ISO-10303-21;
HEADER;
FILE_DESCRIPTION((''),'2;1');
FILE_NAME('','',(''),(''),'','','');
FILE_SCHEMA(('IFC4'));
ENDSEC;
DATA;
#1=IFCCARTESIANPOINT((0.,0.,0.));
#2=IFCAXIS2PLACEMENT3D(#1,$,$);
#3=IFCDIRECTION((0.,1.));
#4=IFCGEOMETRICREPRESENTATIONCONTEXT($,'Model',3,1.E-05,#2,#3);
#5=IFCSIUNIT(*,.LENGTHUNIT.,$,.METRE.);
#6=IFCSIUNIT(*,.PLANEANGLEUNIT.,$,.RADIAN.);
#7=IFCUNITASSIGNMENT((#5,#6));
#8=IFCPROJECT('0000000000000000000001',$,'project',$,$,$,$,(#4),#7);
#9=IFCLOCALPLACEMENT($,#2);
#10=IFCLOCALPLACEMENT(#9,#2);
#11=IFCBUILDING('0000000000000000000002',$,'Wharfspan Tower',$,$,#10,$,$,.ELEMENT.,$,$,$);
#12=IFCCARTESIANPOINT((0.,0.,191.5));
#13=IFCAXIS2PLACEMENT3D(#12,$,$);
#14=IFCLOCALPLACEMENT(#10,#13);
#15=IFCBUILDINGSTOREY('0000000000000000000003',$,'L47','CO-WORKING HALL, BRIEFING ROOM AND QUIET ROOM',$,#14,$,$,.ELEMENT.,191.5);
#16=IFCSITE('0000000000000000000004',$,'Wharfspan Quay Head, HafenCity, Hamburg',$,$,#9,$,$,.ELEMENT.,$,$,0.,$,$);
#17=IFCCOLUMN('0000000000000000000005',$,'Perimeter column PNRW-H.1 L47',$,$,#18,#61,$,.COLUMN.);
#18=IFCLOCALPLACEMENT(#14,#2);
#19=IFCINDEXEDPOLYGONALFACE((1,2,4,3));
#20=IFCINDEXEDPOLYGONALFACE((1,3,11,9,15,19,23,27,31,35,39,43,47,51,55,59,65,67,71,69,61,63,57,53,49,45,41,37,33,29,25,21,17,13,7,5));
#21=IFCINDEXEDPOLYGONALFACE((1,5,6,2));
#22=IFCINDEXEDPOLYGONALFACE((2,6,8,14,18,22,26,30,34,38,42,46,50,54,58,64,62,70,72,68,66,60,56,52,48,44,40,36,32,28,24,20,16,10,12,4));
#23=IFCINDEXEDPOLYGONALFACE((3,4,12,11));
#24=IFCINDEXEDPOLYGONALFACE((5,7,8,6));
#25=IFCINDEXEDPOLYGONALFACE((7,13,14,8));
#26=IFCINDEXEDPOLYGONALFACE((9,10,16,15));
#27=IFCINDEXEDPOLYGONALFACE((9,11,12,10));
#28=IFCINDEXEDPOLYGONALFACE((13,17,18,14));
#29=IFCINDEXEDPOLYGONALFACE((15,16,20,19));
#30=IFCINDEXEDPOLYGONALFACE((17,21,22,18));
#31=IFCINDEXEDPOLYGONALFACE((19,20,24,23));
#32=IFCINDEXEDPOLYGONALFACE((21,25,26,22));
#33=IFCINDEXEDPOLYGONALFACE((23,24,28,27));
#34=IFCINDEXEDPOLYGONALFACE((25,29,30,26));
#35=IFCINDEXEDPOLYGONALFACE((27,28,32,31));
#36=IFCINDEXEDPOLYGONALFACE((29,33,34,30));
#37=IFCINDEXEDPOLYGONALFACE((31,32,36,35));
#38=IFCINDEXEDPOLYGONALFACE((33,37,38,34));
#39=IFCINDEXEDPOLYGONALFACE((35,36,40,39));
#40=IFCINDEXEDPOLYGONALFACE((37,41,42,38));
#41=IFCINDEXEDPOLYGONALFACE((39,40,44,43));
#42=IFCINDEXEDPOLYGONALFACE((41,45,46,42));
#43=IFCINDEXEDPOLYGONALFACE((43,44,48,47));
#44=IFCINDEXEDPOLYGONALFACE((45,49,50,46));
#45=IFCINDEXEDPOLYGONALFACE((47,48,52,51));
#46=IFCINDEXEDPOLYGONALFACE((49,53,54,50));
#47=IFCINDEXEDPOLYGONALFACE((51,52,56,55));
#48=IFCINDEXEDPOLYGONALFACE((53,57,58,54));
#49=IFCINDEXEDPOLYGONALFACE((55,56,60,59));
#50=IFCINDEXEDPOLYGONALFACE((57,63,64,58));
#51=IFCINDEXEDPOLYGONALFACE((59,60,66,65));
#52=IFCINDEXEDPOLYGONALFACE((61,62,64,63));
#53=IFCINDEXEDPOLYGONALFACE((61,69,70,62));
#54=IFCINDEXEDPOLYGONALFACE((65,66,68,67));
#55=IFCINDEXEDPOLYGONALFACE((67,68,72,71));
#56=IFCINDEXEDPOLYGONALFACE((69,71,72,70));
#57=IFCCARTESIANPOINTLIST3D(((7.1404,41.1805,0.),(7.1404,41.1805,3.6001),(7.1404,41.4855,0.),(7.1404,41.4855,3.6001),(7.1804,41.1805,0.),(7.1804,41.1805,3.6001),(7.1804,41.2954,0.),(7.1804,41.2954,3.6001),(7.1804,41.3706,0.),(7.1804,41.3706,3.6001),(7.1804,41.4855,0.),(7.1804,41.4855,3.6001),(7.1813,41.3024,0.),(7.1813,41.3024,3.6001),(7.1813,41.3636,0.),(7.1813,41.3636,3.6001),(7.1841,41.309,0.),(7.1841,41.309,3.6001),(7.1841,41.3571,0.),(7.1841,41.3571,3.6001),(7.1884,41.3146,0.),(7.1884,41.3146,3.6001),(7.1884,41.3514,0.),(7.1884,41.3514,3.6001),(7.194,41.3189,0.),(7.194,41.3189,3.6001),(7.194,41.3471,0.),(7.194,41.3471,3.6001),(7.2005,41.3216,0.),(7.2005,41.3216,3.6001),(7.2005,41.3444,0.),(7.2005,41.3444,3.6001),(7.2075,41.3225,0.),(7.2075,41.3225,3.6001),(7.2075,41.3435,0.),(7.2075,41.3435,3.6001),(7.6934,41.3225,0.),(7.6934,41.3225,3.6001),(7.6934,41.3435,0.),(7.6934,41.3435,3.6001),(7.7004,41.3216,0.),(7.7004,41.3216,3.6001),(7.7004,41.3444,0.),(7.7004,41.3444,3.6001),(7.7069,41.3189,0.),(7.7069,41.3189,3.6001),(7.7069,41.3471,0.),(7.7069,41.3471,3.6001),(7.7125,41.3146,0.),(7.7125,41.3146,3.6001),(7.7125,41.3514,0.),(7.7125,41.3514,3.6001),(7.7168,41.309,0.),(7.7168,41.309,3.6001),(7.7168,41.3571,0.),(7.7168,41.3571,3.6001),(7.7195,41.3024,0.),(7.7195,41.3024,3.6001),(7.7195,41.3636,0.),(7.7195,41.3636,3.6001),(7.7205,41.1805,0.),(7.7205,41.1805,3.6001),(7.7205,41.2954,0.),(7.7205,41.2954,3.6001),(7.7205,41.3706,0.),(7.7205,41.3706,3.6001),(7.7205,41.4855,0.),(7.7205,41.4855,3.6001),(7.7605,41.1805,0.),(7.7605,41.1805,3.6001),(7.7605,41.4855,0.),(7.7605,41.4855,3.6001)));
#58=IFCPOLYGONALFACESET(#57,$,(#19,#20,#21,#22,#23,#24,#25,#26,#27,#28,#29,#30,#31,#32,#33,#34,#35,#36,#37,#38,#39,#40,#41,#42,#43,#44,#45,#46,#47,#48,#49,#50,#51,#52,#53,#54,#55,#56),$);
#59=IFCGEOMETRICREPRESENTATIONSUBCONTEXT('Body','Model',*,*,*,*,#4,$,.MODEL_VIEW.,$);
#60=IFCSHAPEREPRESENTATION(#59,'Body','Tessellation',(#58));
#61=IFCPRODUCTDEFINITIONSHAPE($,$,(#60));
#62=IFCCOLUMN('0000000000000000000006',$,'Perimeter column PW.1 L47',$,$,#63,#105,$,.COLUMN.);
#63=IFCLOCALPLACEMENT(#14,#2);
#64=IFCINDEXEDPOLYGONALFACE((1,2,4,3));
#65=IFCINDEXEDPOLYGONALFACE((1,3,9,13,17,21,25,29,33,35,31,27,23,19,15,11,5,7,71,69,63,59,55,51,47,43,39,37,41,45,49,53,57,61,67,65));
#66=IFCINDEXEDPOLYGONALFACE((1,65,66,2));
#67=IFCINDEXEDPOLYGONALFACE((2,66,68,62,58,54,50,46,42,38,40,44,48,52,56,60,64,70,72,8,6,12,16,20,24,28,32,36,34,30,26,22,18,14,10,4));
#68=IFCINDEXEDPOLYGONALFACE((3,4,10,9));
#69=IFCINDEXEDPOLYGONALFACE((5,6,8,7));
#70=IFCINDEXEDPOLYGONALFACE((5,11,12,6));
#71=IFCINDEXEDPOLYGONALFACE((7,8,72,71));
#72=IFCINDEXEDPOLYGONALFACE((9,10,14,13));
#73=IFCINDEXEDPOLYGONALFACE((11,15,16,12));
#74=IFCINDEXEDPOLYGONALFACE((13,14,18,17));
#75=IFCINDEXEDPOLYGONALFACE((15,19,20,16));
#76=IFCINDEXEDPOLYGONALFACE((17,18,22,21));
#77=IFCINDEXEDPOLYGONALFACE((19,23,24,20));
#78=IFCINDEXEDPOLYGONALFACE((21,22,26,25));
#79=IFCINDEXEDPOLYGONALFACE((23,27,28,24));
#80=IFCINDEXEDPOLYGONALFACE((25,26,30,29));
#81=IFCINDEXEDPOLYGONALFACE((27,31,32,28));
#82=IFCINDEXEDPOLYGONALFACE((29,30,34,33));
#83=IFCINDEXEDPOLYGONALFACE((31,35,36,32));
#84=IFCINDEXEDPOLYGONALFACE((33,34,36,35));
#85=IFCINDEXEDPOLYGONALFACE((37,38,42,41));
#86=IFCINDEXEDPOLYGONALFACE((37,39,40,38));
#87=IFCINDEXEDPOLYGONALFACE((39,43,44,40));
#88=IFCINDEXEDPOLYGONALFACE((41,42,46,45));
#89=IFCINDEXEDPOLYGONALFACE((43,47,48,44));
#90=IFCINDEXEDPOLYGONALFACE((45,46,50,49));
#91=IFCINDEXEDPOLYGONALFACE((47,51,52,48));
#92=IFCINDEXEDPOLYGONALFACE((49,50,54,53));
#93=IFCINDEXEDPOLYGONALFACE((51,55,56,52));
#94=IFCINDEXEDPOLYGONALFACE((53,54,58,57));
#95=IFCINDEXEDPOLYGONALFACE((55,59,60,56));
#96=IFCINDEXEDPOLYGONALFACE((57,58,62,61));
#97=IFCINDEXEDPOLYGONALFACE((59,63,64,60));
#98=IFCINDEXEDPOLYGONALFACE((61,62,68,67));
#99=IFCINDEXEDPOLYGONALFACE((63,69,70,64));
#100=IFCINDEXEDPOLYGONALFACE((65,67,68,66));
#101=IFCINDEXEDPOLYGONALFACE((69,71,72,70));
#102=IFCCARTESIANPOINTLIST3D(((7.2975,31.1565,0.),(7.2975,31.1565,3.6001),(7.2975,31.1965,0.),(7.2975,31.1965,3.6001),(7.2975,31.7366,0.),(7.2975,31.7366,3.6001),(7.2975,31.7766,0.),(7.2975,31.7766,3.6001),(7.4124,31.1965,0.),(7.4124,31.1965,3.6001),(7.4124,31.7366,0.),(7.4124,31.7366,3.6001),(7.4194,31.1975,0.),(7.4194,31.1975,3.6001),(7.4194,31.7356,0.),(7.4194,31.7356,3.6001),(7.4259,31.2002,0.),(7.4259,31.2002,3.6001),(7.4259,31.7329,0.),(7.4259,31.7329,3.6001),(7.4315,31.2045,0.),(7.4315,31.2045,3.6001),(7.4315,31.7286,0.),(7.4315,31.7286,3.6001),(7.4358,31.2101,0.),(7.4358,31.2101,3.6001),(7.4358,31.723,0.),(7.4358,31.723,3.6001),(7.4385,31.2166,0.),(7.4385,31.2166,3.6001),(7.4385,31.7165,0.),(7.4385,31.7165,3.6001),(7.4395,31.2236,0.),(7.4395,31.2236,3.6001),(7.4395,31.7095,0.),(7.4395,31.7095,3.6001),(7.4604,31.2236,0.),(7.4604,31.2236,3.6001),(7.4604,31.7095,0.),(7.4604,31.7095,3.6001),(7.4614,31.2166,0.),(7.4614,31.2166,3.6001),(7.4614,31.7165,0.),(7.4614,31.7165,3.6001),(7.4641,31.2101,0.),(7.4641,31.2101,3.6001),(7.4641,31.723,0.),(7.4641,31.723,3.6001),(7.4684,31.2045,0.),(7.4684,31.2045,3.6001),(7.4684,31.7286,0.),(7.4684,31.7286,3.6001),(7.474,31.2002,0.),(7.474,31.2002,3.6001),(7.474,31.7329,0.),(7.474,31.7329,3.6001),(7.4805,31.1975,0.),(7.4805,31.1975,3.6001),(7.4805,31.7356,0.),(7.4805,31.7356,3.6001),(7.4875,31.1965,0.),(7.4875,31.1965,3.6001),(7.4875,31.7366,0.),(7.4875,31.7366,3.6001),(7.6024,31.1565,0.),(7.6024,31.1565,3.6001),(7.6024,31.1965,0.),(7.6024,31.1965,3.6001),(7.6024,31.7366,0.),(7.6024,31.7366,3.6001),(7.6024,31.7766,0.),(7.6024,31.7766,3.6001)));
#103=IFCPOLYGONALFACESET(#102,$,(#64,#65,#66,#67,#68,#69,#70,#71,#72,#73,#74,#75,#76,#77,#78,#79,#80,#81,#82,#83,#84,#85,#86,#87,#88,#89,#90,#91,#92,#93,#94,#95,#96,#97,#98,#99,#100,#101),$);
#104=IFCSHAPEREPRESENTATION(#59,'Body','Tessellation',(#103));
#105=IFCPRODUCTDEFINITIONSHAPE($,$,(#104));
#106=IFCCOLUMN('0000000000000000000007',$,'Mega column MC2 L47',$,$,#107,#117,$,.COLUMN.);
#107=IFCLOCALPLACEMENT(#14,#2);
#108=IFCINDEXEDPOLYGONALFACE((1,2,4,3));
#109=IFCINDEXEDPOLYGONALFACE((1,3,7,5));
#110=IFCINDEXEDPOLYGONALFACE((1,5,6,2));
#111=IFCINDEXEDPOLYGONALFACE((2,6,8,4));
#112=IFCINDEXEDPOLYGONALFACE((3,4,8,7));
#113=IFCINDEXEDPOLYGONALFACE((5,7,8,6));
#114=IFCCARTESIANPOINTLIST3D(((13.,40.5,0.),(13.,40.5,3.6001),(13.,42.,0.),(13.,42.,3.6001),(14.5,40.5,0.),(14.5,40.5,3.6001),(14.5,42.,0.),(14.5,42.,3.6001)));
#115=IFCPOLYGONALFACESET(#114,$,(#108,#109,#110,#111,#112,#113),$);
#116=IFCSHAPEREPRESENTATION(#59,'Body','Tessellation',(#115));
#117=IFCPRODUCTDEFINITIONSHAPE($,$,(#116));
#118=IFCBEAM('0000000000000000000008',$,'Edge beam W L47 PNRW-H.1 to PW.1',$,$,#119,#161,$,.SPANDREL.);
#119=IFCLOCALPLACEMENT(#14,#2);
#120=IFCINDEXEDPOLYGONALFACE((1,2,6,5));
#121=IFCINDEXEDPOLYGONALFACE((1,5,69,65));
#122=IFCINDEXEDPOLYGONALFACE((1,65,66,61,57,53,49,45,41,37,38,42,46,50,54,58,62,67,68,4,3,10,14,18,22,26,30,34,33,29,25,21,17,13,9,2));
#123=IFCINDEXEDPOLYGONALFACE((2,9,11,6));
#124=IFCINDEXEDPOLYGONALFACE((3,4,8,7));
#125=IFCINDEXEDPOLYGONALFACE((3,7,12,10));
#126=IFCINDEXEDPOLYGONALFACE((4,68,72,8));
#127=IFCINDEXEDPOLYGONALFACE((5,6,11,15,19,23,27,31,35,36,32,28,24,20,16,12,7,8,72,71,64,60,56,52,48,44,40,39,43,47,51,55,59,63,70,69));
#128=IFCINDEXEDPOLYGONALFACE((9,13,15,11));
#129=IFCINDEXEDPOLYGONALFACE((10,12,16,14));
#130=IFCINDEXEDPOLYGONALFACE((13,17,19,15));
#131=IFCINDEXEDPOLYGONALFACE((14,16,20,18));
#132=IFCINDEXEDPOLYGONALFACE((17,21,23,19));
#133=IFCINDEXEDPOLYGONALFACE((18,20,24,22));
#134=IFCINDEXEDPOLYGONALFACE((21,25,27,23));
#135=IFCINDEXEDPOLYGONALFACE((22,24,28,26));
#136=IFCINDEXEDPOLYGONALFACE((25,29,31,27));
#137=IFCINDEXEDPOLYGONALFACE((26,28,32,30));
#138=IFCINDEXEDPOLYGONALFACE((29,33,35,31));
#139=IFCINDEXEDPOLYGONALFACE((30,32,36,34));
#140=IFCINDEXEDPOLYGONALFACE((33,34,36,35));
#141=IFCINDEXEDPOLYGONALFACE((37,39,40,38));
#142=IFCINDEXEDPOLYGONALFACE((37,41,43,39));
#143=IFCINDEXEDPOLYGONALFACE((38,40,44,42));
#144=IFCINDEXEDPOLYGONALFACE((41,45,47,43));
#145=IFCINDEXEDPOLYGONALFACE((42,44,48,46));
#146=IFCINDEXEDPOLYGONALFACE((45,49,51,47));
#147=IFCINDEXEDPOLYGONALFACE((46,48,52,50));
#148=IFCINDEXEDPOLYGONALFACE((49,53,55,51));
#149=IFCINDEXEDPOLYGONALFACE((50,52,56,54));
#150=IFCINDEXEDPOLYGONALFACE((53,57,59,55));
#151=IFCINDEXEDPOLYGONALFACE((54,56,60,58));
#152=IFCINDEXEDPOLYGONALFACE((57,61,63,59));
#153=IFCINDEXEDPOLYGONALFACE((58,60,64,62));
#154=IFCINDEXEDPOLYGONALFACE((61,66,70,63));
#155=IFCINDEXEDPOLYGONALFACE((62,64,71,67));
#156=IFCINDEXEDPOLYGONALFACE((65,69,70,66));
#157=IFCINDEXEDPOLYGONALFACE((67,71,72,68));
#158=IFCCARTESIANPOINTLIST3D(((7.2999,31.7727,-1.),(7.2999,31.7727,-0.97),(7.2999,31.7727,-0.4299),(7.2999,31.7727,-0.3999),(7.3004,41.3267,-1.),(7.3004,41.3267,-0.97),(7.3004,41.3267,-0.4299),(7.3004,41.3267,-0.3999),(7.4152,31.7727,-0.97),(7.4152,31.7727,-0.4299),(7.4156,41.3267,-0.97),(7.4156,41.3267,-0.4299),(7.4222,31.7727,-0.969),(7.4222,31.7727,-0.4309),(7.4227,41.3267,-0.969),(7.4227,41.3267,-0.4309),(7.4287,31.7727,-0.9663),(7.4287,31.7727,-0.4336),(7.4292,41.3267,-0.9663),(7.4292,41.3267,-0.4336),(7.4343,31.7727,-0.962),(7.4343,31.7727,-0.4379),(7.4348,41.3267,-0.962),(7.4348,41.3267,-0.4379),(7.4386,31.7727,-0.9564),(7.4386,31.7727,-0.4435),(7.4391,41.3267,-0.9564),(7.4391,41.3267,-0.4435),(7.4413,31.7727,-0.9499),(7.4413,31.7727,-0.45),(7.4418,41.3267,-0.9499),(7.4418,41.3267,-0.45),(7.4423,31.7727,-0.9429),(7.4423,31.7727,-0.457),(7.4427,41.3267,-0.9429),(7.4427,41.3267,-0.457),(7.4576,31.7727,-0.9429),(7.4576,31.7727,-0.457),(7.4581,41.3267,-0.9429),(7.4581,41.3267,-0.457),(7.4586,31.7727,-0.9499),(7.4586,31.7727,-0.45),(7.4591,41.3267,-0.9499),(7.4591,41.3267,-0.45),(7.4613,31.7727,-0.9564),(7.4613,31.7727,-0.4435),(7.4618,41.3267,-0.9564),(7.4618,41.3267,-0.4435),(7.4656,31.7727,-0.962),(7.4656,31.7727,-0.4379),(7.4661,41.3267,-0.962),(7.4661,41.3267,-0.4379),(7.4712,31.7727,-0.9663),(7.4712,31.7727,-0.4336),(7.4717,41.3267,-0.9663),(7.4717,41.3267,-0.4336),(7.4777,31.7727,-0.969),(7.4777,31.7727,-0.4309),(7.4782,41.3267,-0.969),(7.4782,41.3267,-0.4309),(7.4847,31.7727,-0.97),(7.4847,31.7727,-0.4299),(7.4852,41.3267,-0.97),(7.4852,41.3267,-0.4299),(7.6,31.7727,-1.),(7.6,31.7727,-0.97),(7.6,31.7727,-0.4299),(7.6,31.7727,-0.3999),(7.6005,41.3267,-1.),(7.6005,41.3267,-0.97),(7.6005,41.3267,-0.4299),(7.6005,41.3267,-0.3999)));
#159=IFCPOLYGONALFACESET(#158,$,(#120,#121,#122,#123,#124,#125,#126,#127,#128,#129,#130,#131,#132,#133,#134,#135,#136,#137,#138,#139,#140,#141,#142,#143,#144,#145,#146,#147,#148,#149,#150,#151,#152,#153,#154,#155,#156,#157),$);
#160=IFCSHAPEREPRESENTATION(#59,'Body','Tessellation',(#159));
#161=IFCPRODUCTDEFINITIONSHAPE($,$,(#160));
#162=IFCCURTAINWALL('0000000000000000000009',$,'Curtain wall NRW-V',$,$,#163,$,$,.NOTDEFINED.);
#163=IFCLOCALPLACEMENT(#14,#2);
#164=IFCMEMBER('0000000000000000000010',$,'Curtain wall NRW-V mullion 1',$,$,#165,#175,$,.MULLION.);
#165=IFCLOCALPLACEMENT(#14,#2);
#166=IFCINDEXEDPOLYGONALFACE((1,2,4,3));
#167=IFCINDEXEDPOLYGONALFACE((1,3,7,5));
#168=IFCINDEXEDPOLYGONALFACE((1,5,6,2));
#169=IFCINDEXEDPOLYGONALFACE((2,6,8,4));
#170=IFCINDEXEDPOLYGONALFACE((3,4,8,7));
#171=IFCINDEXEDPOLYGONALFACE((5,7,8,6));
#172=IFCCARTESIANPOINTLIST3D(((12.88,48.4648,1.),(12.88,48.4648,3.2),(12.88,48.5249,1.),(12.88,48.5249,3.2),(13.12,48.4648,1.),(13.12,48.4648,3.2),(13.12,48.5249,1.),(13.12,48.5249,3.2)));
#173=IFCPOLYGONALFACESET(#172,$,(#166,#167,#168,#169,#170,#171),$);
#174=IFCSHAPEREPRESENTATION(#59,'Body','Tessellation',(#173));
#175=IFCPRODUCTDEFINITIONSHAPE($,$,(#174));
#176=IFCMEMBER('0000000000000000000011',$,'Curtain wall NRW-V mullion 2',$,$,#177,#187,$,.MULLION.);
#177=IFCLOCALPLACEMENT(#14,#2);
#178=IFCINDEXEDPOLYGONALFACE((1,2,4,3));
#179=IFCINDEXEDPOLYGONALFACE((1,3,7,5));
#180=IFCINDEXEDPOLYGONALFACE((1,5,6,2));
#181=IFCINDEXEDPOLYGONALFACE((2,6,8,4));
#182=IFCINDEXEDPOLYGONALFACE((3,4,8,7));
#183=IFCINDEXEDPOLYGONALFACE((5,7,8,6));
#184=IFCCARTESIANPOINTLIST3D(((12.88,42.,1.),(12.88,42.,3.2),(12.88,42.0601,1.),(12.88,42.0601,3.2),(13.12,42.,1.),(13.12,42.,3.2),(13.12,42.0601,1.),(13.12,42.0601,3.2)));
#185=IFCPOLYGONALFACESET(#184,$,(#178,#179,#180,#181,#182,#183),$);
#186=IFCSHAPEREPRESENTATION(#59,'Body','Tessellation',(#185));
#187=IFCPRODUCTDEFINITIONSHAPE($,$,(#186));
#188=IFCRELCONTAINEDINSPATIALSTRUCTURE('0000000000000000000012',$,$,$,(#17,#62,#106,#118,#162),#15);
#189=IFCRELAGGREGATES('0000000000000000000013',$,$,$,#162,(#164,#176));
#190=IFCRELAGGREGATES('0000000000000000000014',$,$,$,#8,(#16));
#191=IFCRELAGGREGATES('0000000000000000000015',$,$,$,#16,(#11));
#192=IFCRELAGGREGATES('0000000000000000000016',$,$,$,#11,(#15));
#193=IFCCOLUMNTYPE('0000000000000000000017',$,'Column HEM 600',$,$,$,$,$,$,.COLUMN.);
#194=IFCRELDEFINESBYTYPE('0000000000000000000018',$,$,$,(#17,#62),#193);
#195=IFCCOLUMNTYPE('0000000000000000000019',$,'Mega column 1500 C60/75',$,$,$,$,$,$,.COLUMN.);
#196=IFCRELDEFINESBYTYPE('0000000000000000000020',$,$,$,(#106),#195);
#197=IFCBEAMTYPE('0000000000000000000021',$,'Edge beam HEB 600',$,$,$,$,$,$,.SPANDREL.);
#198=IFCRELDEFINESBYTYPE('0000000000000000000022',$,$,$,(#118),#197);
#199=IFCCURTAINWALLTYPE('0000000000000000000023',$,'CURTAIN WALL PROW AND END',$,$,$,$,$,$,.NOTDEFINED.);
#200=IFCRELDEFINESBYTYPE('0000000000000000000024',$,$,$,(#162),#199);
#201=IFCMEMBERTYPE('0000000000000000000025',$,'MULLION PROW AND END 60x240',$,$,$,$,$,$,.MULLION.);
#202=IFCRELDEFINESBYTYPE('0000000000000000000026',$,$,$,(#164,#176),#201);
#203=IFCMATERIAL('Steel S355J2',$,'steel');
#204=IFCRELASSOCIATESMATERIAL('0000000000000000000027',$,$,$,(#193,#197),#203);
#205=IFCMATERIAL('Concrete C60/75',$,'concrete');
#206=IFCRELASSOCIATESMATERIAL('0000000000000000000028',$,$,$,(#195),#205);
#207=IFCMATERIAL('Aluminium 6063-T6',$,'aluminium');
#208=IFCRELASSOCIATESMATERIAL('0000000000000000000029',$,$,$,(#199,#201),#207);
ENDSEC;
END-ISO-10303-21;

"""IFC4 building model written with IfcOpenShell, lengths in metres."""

from ifc_helpers import new_model, si_unit, direction, frame, origin, origin_2d, place, context, subcontext, project, spatial, rectangle, i_section, extrude, material, material_profile, profile_set, type_object, element, aggregate, save


model = new_model("IFC4")

# Units and contexts
model_context = context("Model", 3, precision=1e-05, world=origin(), true_north=direction((0.0, 1.0)))
body_context = subcontext(model_context, "Body", "Model", "MODEL_VIEW")
ifc_project = project(units=[si_unit("LENGTHUNIT", "METRE"), si_unit("PLANEANGLEUNIT", "RADIAN")], contexts=[model_context])

# Site, building, storey
site_placement = place(None, origin())
site = spatial("IfcSite", under=ifc_project, at=site_placement, Name="Wharfspan Quay Head, HafenCity, Hamburg", CompositionType="ELEMENT", RefElevation=0.0)
building_placement = place(site_placement, origin())
building = spatial("IfcBuilding", under=site, at=building_placement, Name="Wharfspan Tower", CompositionType="ELEMENT")
storey_placement = place(building_placement, frame((0.0, 0.0, 191.5)))
storey = spatial("IfcBuildingStorey", under=building, at=storey_placement, Name="L47", Description="CO-WORKING HALL, BRIEFING ROOM AND QUIET ROOM", CompositionType="ELEMENT", Elevation=191.5)

# Columns
ifc_material_1 = material(Name="Steel S355J2", Category="steel")
ifc_material_profile_1 = material_profile(ifc_material_1, i_section(OverallWidth=0.3049, OverallDepth=0.6201, WebThickness=0.021, FlangeThickness=0.04, FilletRadius=0.0271, at=origin_2d()))
ifc_profile_set_1 = profile_set([ifc_material_profile_1], Name="Steel S355J2")
column_type_1 = type_object("IfcColumnType", Name="Column HEM 600", PredefinedType="COLUMN", material=ifc_profile_set_1)
for number, where, z_axis, x_axis, name in (
    (1, (7.4504, 41.333, 0.0), (0.0, 0.0, 1.0), (0.0, 1.0, 0.0), "Perimeter column PNRW-H.1 L47"),
    (2, (7.45, 31.4666, 0.0), (0.0, 0.0, 1.0), (-1.0, 0.0, 0.0), "Perimeter column PW.1 L47"),
):
    element("IfcColumn", number, at=place(storey_placement, frame(where, z_axis=z_axis, x_axis=x_axis)), inside=storey, type_object=column_type_1, Name=name, PredefinedType="COLUMN", context=body_context, shape_type="SweptSolid", body=[
        extrude(i_section(OverallWidth=0.3049, OverallDepth=0.6201, WebThickness=0.021, FlangeThickness=0.04, FilletRadius=0.0271, at=origin_2d()), origin(), (0.0, 0.0, 1.0), 3.6001),
    ])
ifc_material_2 = material(Name="Concrete C60/75", Category="concrete")
ifc_material_profile_2 = material_profile(ifc_material_2, rectangle(XDim=1.5, YDim=1.5, at=origin_2d()))
ifc_profile_set_2 = profile_set([ifc_material_profile_2], Name="Concrete C60/75")
column_type_2 = type_object("IfcColumnType", Name="Mega column 1500 C60/75", PredefinedType="COLUMN", material=ifc_profile_set_2)
column_placement = place(storey_placement, frame((13.75, 41.25, 0.0), z_axis=(0.0, 0.0, 1.0), x_axis=(1.0, 0.0, 0.0)))
element("IfcColumn", 3, at=column_placement, inside=storey, type_object=column_type_2, Name="Mega column MC2 L47", PredefinedType="COLUMN", context=body_context, shape_type="SweptSolid", body=[
    extrude(rectangle(XDim=1.5, YDim=1.5, at=origin_2d()), origin(), (0.0, 0.0, 1.0), 3.6001),
])

# Beam
ifc_material_profile_3 = material_profile(ifc_material_1, i_section(OverallWidth=0.3, OverallDepth=0.6001, WebThickness=0.0154, FlangeThickness=0.03, FilletRadius=0.0271, at=origin_2d()))
ifc_profile_set_3 = profile_set([ifc_material_profile_3], Name="Steel S355J2")
beam_type = type_object("IfcBeamType", Name="Edge beam HEB 600", PredefinedType="SPANDREL", material=ifc_profile_set_3)
beam_placement = place(storey_placement, frame((7.4504, 41.3267, -0.7), z_axis=(-0.000051, -1.0, 0.0), x_axis=(1.0, -0.000051, 0.0)))
element("IfcBeam", 4, at=beam_placement, inside=storey, type_object=beam_type, Name="Edge beam W L47 PNRW-H.1 to PW.1", PredefinedType="SPANDREL", context=body_context, shape_type="SweptSolid", body=[
    extrude(i_section(OverallWidth=0.3, OverallDepth=0.6001, WebThickness=0.0154, FlangeThickness=0.03, FilletRadius=0.0271, at=origin_2d()), origin(), (0.0, 0.0, 1.0), 9.554),
])

# Curtain wall, members
ifc_material_3 = material(Name="Aluminium 6063-T6", Category="aluminium")
curtain_wall_type = type_object("IfcCurtainWallType", Name="CURTAIN WALL PROW AND END", PredefinedType="NOTDEFINED", material=ifc_material_3)
curtain_wall_1_placement = place(storey_placement, origin())
curtain_wall_1 = element("IfcCurtainWall", 5, at=curtain_wall_1_placement, inside=storey, type_object=curtain_wall_type, Name="Curtain wall NRW-V", PredefinedType="NOTDEFINED")
ifc_material_profile_4 = material_profile(ifc_material_3, rectangle(XDim=0.24, YDim=0.0601, at=origin_2d()))
ifc_profile_set_4 = profile_set([ifc_material_profile_4], Name="Aluminium 6063-T6")
member_type_1 = type_object("IfcMemberType", Name="MULLION PROW AND END 60x240", PredefinedType="MULLION", material=ifc_profile_set_4)
member_1_placement = place(storey_placement, frame((13.0, 48.4949, 1.0), z_axis=(0.0, 0.0, 1.0), x_axis=(1.0, 0.0, 0.0)))
member_1 = element("IfcMember", 6, at=member_1_placement, type_object=member_type_1, Name="Curtain wall NRW-V mullion 1", PredefinedType="MULLION", context=body_context, shape_type="SweptSolid", body=[
    extrude(rectangle(XDim=0.24, YDim=0.0601, at=origin_2d()), origin(), (0.0, 0.0, 1.0), 2.2),
])
member_2_placement = place(storey_placement, frame((13.0, 42.03, 1.0), z_axis=(0.0, 0.0, 1.0), x_axis=(1.0, 0.0, 0.0)))
member_2 = element("IfcMember", 7, at=member_2_placement, type_object=member_type_1, Name="Curtain wall NRW-V mullion 2", PredefinedType="MULLION", context=body_context, shape_type="SweptSolid", body=[
    extrude(rectangle(XDim=0.24, YDim=0.0601, at=origin_2d()), origin(), (0.0, 0.0, 1.0), 2.2),
])

aggregate(curtain_wall_1, [member_1, member_2])

save(model, "model.ifc")
